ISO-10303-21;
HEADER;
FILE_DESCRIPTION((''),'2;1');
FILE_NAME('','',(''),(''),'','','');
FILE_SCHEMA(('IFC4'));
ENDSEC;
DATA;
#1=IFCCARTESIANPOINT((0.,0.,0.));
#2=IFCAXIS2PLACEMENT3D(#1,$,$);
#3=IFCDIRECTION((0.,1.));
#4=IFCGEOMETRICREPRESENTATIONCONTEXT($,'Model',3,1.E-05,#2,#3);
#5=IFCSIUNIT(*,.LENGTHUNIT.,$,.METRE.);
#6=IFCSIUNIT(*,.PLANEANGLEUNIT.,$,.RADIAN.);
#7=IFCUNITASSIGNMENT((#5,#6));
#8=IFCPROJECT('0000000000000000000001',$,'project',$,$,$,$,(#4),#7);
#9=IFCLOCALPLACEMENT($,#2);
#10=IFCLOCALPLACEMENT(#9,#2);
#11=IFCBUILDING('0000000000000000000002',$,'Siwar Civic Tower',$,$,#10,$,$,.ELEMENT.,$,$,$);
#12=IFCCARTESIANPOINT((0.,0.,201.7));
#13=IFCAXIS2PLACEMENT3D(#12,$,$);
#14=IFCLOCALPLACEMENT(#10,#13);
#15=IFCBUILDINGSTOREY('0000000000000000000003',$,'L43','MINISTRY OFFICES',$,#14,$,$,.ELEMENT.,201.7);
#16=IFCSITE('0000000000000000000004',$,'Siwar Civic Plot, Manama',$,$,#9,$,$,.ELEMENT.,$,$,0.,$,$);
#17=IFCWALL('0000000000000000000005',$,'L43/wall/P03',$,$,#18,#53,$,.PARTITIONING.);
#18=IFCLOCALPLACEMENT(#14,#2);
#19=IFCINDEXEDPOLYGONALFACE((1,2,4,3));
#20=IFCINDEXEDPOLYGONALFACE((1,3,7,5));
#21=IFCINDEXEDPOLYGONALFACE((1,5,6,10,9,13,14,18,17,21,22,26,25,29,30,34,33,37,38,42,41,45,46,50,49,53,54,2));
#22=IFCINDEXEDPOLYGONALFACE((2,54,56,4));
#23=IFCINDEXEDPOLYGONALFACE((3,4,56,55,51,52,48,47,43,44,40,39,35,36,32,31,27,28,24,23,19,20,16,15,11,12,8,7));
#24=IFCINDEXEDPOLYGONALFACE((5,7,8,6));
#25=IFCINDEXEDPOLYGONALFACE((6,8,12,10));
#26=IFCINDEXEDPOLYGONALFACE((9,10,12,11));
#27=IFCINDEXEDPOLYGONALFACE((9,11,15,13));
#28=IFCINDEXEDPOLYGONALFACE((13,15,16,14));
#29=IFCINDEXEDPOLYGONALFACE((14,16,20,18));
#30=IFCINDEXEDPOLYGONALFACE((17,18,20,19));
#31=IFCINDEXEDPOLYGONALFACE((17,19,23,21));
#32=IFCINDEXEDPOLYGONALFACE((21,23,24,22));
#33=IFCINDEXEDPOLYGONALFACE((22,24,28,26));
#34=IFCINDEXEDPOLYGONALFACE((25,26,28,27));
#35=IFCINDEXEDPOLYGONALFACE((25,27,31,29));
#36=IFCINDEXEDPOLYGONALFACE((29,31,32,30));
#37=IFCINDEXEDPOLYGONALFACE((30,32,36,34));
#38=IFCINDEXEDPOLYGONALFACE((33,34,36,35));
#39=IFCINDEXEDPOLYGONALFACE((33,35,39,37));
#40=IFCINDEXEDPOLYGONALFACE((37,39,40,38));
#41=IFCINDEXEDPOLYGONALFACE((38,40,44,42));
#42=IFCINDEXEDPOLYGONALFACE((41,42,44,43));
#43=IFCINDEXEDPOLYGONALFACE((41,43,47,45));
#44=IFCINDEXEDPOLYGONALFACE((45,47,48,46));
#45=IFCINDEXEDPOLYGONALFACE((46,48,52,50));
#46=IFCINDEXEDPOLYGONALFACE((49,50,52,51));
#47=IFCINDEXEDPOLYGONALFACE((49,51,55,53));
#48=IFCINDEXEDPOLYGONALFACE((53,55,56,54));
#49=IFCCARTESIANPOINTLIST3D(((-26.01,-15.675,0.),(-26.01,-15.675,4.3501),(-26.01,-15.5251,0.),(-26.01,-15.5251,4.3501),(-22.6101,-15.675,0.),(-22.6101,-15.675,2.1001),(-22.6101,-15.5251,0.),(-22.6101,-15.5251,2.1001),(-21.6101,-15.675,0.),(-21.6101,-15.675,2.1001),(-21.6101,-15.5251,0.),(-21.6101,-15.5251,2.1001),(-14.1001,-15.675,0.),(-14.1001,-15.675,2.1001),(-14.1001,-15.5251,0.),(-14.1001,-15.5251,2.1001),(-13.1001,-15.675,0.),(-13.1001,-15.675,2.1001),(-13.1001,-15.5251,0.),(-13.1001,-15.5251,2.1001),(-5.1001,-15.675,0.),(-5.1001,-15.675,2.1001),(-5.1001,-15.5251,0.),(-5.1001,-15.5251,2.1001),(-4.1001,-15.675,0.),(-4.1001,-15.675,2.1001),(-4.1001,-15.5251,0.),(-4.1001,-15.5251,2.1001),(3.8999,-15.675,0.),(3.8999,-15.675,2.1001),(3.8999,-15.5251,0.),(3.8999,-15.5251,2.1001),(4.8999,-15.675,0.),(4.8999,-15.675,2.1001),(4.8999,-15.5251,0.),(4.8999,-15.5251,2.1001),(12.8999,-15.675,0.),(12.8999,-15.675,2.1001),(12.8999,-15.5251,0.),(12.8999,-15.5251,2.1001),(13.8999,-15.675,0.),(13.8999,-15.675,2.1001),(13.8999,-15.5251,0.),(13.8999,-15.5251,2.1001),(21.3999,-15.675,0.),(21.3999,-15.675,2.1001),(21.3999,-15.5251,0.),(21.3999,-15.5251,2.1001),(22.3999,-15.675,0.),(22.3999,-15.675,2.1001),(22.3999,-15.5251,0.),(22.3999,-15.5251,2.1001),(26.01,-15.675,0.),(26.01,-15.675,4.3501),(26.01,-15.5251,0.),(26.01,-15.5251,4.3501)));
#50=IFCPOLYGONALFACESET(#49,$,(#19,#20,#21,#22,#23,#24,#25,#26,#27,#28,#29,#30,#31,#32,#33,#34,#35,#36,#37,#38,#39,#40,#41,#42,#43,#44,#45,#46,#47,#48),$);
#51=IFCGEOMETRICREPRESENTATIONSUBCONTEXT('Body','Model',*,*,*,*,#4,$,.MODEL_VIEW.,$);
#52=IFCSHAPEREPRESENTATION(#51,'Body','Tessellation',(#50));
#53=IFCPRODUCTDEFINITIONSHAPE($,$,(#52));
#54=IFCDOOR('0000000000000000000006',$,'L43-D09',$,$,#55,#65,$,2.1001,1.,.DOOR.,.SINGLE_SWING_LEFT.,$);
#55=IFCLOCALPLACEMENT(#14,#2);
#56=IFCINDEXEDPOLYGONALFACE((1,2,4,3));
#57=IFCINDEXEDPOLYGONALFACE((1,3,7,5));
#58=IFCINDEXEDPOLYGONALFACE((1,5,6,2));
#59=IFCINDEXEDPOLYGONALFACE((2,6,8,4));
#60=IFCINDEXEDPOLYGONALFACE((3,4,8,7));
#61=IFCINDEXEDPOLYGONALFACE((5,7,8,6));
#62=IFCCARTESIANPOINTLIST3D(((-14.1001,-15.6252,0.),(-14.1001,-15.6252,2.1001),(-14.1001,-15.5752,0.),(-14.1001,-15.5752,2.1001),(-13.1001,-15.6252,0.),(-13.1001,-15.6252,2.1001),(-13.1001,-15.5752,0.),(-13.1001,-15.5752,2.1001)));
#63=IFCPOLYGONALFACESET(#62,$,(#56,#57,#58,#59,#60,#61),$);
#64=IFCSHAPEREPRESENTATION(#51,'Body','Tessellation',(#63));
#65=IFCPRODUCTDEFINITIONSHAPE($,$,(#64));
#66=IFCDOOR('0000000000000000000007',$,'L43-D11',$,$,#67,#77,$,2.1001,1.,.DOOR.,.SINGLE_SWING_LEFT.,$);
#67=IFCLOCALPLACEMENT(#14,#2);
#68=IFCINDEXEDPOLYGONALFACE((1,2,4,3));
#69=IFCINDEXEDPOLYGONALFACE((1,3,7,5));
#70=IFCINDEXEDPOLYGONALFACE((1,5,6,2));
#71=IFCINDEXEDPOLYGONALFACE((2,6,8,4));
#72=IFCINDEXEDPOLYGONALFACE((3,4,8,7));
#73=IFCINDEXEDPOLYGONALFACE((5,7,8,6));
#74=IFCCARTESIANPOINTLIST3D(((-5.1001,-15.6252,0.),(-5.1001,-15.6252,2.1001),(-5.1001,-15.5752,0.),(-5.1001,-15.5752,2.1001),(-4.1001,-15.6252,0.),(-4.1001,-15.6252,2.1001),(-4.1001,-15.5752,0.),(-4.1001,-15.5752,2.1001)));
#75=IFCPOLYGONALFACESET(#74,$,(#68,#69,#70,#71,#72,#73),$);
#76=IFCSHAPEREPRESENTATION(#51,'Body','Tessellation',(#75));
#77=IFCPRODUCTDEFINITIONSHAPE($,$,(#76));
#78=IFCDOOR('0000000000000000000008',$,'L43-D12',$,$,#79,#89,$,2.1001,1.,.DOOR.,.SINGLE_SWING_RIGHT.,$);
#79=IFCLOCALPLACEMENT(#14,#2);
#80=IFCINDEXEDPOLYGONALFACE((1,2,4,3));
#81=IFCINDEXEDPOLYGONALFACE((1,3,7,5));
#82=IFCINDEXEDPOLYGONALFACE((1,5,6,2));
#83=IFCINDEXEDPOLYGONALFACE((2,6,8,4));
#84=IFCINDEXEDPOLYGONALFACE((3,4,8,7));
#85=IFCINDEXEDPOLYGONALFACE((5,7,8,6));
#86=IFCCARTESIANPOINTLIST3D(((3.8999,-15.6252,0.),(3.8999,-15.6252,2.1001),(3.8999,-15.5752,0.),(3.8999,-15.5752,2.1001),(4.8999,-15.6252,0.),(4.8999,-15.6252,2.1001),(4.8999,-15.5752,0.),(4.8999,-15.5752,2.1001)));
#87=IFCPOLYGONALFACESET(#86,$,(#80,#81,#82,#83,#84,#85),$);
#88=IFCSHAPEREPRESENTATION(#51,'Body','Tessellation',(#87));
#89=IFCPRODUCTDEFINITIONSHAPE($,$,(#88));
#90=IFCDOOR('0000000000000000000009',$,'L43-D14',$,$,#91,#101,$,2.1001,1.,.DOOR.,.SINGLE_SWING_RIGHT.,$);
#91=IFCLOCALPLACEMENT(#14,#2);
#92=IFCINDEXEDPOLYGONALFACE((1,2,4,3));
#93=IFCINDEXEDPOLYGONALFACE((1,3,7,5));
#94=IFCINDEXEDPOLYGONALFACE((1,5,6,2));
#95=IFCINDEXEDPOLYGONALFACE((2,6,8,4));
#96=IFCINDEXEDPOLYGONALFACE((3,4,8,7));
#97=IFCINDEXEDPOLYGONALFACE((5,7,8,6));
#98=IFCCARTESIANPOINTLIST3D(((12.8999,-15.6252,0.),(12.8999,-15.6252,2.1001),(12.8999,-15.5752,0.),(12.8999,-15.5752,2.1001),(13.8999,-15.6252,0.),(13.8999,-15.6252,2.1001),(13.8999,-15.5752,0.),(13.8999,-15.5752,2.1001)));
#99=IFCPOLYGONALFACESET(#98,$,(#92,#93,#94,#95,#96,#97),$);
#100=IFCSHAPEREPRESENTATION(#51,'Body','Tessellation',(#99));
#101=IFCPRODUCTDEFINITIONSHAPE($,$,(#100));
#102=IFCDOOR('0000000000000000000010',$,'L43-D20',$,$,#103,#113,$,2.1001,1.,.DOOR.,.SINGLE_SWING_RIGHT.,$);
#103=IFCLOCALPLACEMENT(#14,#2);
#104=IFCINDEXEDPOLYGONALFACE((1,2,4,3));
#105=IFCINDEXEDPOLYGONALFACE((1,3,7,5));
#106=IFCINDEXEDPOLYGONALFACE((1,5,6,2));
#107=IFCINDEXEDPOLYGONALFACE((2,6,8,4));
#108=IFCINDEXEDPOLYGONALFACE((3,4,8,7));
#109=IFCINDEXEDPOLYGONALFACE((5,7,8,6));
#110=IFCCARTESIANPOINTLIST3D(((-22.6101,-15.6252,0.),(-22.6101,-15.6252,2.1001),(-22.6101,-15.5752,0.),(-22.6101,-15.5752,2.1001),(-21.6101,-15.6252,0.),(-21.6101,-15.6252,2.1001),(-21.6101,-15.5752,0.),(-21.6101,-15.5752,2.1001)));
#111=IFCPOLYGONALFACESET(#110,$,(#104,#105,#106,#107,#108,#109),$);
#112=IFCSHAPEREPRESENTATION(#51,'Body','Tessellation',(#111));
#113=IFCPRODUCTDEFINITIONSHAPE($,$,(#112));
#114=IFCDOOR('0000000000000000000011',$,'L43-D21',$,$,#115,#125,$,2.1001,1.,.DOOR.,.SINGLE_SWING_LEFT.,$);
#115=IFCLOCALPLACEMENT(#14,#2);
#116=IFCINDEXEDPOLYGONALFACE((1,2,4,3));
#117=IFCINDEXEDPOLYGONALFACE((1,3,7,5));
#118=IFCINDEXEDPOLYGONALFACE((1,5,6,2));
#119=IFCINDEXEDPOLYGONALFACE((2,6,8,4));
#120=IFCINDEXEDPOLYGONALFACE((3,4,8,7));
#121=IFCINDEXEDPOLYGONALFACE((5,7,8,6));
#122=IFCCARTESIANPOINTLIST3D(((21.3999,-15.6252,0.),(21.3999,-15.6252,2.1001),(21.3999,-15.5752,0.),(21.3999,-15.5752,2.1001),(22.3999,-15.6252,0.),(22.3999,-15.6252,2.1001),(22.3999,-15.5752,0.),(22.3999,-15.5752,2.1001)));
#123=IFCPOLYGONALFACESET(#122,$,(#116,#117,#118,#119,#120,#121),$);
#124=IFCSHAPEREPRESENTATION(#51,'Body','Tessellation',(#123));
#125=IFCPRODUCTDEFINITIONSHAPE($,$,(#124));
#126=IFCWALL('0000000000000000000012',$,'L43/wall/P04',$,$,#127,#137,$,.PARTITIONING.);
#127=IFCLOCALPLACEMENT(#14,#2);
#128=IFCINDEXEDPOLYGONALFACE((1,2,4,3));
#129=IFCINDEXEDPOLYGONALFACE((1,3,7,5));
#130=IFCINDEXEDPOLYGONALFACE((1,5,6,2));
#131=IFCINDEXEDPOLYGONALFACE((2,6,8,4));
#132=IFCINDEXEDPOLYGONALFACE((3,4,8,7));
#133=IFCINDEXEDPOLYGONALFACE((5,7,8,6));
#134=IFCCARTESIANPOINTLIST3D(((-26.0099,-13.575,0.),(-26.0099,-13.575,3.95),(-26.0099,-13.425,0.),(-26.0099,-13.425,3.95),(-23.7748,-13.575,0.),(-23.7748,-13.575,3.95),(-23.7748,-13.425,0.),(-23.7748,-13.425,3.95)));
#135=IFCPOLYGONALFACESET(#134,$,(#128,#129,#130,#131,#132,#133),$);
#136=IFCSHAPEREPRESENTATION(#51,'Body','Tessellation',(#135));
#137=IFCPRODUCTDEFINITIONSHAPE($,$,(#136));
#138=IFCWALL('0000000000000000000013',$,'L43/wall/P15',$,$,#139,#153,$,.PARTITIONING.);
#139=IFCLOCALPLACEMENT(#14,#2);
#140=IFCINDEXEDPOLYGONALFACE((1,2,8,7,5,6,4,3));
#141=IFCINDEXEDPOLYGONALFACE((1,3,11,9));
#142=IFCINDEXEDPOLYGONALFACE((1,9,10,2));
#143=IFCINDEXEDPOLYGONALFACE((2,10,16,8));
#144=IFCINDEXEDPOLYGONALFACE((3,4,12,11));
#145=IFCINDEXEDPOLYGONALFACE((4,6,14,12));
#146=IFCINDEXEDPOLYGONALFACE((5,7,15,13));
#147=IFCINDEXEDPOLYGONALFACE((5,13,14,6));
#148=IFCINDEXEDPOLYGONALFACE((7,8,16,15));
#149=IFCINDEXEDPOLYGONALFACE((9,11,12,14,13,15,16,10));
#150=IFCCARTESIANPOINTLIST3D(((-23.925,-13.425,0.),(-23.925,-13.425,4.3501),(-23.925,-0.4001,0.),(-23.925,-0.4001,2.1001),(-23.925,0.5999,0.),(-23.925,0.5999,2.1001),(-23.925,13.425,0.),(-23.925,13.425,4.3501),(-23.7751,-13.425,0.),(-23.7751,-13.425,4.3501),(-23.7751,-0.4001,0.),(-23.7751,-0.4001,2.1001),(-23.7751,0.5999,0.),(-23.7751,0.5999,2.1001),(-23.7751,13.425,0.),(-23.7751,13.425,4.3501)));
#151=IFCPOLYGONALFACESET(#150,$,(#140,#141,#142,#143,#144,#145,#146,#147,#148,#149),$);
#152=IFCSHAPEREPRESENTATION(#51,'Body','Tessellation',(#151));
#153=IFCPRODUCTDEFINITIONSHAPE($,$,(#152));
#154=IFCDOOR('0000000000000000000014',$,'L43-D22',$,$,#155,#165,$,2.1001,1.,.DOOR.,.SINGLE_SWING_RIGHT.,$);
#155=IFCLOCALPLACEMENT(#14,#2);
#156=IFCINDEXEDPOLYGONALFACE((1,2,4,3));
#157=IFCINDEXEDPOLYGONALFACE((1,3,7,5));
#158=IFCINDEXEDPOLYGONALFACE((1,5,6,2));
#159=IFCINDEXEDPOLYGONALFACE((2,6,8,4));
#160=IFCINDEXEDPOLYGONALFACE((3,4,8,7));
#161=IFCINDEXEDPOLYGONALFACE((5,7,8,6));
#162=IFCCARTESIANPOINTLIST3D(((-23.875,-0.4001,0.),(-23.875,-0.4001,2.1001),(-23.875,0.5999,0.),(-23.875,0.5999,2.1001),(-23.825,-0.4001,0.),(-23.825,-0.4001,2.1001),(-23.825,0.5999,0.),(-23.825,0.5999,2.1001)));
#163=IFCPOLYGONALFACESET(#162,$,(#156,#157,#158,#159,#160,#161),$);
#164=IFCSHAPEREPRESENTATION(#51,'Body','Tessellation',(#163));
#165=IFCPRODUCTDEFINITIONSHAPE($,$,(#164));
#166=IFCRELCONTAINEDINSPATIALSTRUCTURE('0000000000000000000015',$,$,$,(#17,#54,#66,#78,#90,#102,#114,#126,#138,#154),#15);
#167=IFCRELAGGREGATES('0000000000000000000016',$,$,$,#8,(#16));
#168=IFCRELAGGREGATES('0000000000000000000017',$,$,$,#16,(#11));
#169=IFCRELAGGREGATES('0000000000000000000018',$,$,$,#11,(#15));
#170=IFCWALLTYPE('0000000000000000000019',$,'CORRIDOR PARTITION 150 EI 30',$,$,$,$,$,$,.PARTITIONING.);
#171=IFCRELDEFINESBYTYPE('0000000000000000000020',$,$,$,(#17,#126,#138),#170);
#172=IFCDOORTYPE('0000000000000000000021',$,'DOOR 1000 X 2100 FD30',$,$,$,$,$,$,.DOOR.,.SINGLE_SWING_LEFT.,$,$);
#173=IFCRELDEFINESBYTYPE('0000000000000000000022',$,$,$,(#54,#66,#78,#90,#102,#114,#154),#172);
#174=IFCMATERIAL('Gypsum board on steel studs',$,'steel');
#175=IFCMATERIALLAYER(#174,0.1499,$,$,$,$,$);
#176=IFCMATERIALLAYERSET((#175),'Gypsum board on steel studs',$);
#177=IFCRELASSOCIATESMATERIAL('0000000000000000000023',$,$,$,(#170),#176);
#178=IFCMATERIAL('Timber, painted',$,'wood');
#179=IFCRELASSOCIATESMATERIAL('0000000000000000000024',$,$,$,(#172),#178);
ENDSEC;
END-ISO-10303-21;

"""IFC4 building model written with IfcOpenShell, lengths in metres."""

from ifc_helpers import new_model, si_unit, direction, frame, frame_2d, origin, place, context, subcontext, project, spatial, rectangle, extrude, material, layer, layer_set, type_object, element, fill, save


model = new_model("IFC4")

# Units and contexts
model_context = context("Model", 3, precision=1e-05, world=origin(), true_north=direction((0.0, 1.0)))
body_context = subcontext(model_context, "Body", "Model", "MODEL_VIEW")
ifc_project = project(units=[si_unit("LENGTHUNIT", "METRE"), si_unit("PLANEANGLEUNIT", "RADIAN")], contexts=[model_context])

# Site, building, storey
site_placement = place(None, origin())
site = spatial("IfcSite", under=ifc_project, at=site_placement, Name="Siwar Civic Plot, Manama", CompositionType="ELEMENT", RefElevation=0.0)
building_placement = place(site_placement, origin())
building = spatial("IfcBuilding", under=site, at=building_placement, Name="Siwar Civic Tower", CompositionType="ELEMENT")
storey_placement = place(building_placement, frame((0.0, 0.0, 201.7)))
storey = spatial("IfcBuildingStorey", under=building, at=storey_placement, Name="L43", Description="MINISTRY OFFICES", CompositionType="ELEMENT", Elevation=201.7)

# Wall, openings, doors
ifc_material_1 = material(Name="Gypsum board on steel studs", Category="steel")
ifc_layer_1 = layer(ifc_material_1, 0.1499)
ifc_layer_set_1 = layer_set([ifc_layer_1], Name="Gypsum board on steel studs")
wall_type_1 = type_object("IfcWallType", Name="CORRIDOR PARTITION 150 EI 30", PredefinedType="PARTITIONING", material=ifc_layer_set_1)
wall_1_placement = place(storey_placement, frame((-26.01, -15.6001, 0.0), z_axis=(0.0, 0.0, 1.0), x_axis=(1.0, 0.0, 0.0)))
wall_1 = element("IfcWall", 1, at=wall_1_placement, inside=storey, type_object=wall_type_1, Name="L43/wall/P03", PredefinedType="PARTITIONING", context=body_context, shape_type="SweptSolid", body=[
    extrude(rectangle(XDim=52.02, YDim=0.1499, at=frame_2d((26.01, 0.0))), origin(), (0.0, 0.0, 1.0), 4.3501),
])
opening_1_placement = place(wall_1_placement, frame((11.9099, 0.0, 0.0)))
opening_1 = element("IfcOpeningElement", 2, at=opening_1_placement, cuts=wall_1, PredefinedType="OPENING", context=body_context, shape_type="SweptSolid", body=[
    extrude(rectangle(XDim=1.0, YDim=2.1001, at=frame_2d((0.5, 1.05))), frame((0.0, 0.085, 0.0), z_axis=(0.0, -1.0, 0.0), x_axis=(1.0, 0.0, 0.0)), (0.0, 0.0, 1.0), 0.1699),
])
opening_2_placement = place(wall_1_placement, frame((20.9099, 0.0, 0.0)))
opening_2 = element("IfcOpeningElement", 3, at=opening_2_placement, cuts=wall_1, PredefinedType="OPENING", context=body_context, shape_type="SweptSolid", body=[
    extrude(rectangle(XDim=1.0, YDim=2.1001, at=frame_2d((0.5, 1.05))), frame((0.0, 0.085, 0.0), z_axis=(0.0, -1.0, 0.0), x_axis=(1.0, 0.0, 0.0)), (0.0, 0.0, 1.0), 0.1699),
])
opening_3_placement = place(wall_1_placement, frame((29.9099, 0.0, 0.0)))
opening_3 = element("IfcOpeningElement", 4, at=opening_3_placement, cuts=wall_1, PredefinedType="OPENING", context=body_context, shape_type="SweptSolid", body=[
    extrude(rectangle(XDim=1.0, YDim=2.1001, at=frame_2d((0.5, 1.05))), frame((0.0, 0.085, 0.0), z_axis=(0.0, -1.0, 0.0), x_axis=(1.0, 0.0, 0.0)), (0.0, 0.0, 1.0), 0.1699),
])
opening_4_placement = place(wall_1_placement, frame((38.9099, 0.0, 0.0)))
opening_4 = element("IfcOpeningElement", 5, at=opening_4_placement, cuts=wall_1, PredefinedType="OPENING", context=body_context, shape_type="SweptSolid", body=[
    extrude(rectangle(XDim=1.0, YDim=2.1001, at=frame_2d((0.5, 1.05))), frame((0.0, 0.085, 0.0), z_axis=(0.0, -1.0, 0.0), x_axis=(1.0, 0.0, 0.0)), (0.0, 0.0, 1.0), 0.1699),
])
opening_5_placement = place(wall_1_placement, frame((3.3999, 0.0, 0.0)))
opening_5 = element("IfcOpeningElement", 6, at=opening_5_placement, cuts=wall_1, PredefinedType="OPENING", context=body_context, shape_type="SweptSolid", body=[
    extrude(rectangle(XDim=1.0, YDim=2.1001, at=frame_2d((0.5, 1.05))), frame((0.0, 0.085, 0.0), z_axis=(0.0, -1.0, 0.0), x_axis=(1.0, 0.0, 0.0)), (0.0, 0.0, 1.0), 0.1699),
])
opening_6_placement = place(wall_1_placement, frame((47.4099, 0.0, 0.0)))
opening_6 = element("IfcOpeningElement", 7, at=opening_6_placement, cuts=wall_1, PredefinedType="OPENING", context=body_context, shape_type="SweptSolid", body=[
    extrude(rectangle(XDim=1.0, YDim=2.1001, at=frame_2d((0.5, 1.05))), frame((0.0, 0.085, 0.0), z_axis=(0.0, -1.0, 0.0), x_axis=(1.0, 0.0, 0.0)), (0.0, 0.0, 1.0), 0.1699),
])
ifc_material_2 = material(Name="Timber, painted", Category="wood")
door_type_1 = type_object("IfcDoorType", Name="DOOR 1000 X 2100 FD30", OperationType="SINGLE_SWING_LEFT", PredefinedType="DOOR", material=ifc_material_2)
door_1_placement = place(opening_1_placement, origin())
door_1 = element("IfcDoor", 8, at=door_1_placement, inside=storey, type_object=door_type_1, Name="L43-D09", OperationType="SINGLE_SWING_LEFT", OverallHeight=2.1001, OverallWidth=1.0, PredefinedType="DOOR", context=body_context, shape_type="SweptSolid", body=[
    extrude(rectangle(XDim=1.0, YDim=2.1001, at=frame_2d((0.5, 1.05))), frame((0.0, 0.0249, 0.0), z_axis=(0.0, -1.0, 0.0), x_axis=(1.0, 0.0, 0.0)), (0.0, 0.0, 1.0), 0.05),
])
fill(opening_1, door_1)
door_2_placement = place(opening_2_placement, origin())
door_2 = element("IfcDoor", 9, at=door_2_placement, inside=storey, type_object=door_type_1, Name="L43-D11", OperationType="SINGLE_SWING_LEFT", OverallHeight=2.1001, OverallWidth=1.0, PredefinedType="DOOR", context=body_context, shape_type="SweptSolid", body=[
    extrude(rectangle(XDim=1.0, YDim=2.1001, at=frame_2d((0.5, 1.05))), frame((0.0, 0.0249, 0.0), z_axis=(0.0, -1.0, 0.0), x_axis=(1.0, 0.0, 0.0)), (0.0, 0.0, 1.0), 0.05),
])
fill(opening_2, door_2)
door_3_placement = place(opening_3_placement, origin())
door_3 = element("IfcDoor", 10, at=door_3_placement, inside=storey, type_object=door_type_1, Name="L43-D12", OperationType="SINGLE_SWING_RIGHT", OverallHeight=2.1001, OverallWidth=1.0, PredefinedType="DOOR", context=body_context, shape_type="SweptSolid", body=[
    extrude(rectangle(XDim=1.0, YDim=2.1001, at=frame_2d((0.5, 1.05))), frame((0.0, 0.0249, 0.0), z_axis=(0.0, -1.0, 0.0), x_axis=(1.0, 0.0, 0.0)), (0.0, 0.0, 1.0), 0.05),
])
fill(opening_3, door_3)
door_4_placement = place(opening_4_placement, origin())
door_4 = element("IfcDoor", 11, at=door_4_placement, inside=storey, type_object=door_type_1, Name="L43-D14", OperationType="SINGLE_SWING_RIGHT", OverallHeight=2.1001, OverallWidth=1.0, PredefinedType="DOOR", context=body_context, shape_type="SweptSolid", body=[
    extrude(rectangle(XDim=1.0, YDim=2.1001, at=frame_2d((0.5, 1.05))), frame((0.0, 0.0249, 0.0), z_axis=(0.0, -1.0, 0.0), x_axis=(1.0, 0.0, 0.0)), (0.0, 0.0, 1.0), 0.05),
])
fill(opening_4, door_4)
door_5_placement = place(opening_5_placement, origin())
door_5 = element("IfcDoor", 12, at=door_5_placement, inside=storey, type_object=door_type_1, Name="L43-D20", OperationType="SINGLE_SWING_RIGHT", OverallHeight=2.1001, OverallWidth=1.0, PredefinedType="DOOR", context=body_context, shape_type="SweptSolid", body=[
    extrude(rectangle(XDim=1.0, YDim=2.1001, at=frame_2d((0.5, 1.05))), frame((0.0, 0.0249, 0.0), z_axis=(0.0, -1.0, 0.0), x_axis=(1.0, 0.0, 0.0)), (0.0, 0.0, 1.0), 0.05),
])
fill(opening_5, door_5)
door_6_placement = place(opening_6_placement, origin())
door_6 = element("IfcDoor", 13, at=door_6_placement, inside=storey, type_object=door_type_1, Name="L43-D21", OperationType="SINGLE_SWING_LEFT", OverallHeight=2.1001, OverallWidth=1.0, PredefinedType="DOOR", context=body_context, shape_type="SweptSolid", body=[
    extrude(rectangle(XDim=1.0, YDim=2.1001, at=frame_2d((0.5, 1.05))), frame((0.0, 0.0249, 0.0), z_axis=(0.0, -1.0, 0.0), x_axis=(1.0, 0.0, 0.0)), (0.0, 0.0, 1.0), 0.05),
])
fill(opening_6, door_6)

# Wall
wall_2_placement = place(storey_placement, frame((-26.01, -13.5, 0.0), z_axis=(0.0, 0.0, 1.0), x_axis=(1.0, 0.0, 0.0)))
element("IfcWall", 14, at=wall_2_placement, inside=storey, type_object=wall_type_1, Name="L43/wall/P04", PredefinedType="PARTITIONING", context=body_context, shape_type="SweptSolid", body=[
    extrude(rectangle(XDim=2.2351, YDim=0.1499, at=frame_2d((1.1177, 0.0))), origin(), (0.0, 0.0, 1.0), 3.95),
])

# Wall, opening, door
wall_3_placement = place(storey_placement, frame((-23.8501, -13.425, 0.0), z_axis=(0.0, 0.0, 1.0), x_axis=(0.0, 1.0, 0.0)))
wall_3 = element("IfcWall", 15, at=wall_3_placement, inside=storey, type_object=wall_type_1, Name="L43/wall/P15", PredefinedType="PARTITIONING", context=body_context, shape_type="SweptSolid", body=[
    extrude(rectangle(XDim=26.8501, YDim=0.1499, at=frame_2d((13.425, 0.0))), origin(), (0.0, 0.0, 1.0), 4.3501),
])
opening_7_placement = place(wall_3_placement, frame((13.0249, 0.0, 0.0)))
opening_7 = element("IfcOpeningElement", 16, at=opening_7_placement, cuts=wall_3, PredefinedType="OPENING", context=body_context, shape_type="SweptSolid", body=[
    extrude(rectangle(XDim=1.0, YDim=2.1001, at=frame_2d((0.5, 1.05))), frame((0.0, 0.085, 0.0), z_axis=(0.0, -1.0, 0.0), x_axis=(1.0, 0.0, 0.0)), (0.0, 0.0, 1.0), 0.1699),
])
door_7_placement = place(opening_7_placement, origin())
door_7 = element("IfcDoor", 17, at=door_7_placement, inside=storey, type_object=door_type_1, Name="L43-D22", OperationType="SINGLE_SWING_RIGHT", OverallHeight=2.1001, OverallWidth=1.0, PredefinedType="DOOR", context=body_context, shape_type="SweptSolid", body=[
    extrude(rectangle(XDim=1.0, YDim=2.1001, at=frame_2d((0.5, 1.05))), frame((0.0, 0.0249, 0.0), z_axis=(0.0, -1.0, 0.0), x_axis=(1.0, 0.0, 0.0)), (0.0, 0.0, 1.0), 0.05),
])
fill(opening_7, door_7)

save(model, "model.ifc")
